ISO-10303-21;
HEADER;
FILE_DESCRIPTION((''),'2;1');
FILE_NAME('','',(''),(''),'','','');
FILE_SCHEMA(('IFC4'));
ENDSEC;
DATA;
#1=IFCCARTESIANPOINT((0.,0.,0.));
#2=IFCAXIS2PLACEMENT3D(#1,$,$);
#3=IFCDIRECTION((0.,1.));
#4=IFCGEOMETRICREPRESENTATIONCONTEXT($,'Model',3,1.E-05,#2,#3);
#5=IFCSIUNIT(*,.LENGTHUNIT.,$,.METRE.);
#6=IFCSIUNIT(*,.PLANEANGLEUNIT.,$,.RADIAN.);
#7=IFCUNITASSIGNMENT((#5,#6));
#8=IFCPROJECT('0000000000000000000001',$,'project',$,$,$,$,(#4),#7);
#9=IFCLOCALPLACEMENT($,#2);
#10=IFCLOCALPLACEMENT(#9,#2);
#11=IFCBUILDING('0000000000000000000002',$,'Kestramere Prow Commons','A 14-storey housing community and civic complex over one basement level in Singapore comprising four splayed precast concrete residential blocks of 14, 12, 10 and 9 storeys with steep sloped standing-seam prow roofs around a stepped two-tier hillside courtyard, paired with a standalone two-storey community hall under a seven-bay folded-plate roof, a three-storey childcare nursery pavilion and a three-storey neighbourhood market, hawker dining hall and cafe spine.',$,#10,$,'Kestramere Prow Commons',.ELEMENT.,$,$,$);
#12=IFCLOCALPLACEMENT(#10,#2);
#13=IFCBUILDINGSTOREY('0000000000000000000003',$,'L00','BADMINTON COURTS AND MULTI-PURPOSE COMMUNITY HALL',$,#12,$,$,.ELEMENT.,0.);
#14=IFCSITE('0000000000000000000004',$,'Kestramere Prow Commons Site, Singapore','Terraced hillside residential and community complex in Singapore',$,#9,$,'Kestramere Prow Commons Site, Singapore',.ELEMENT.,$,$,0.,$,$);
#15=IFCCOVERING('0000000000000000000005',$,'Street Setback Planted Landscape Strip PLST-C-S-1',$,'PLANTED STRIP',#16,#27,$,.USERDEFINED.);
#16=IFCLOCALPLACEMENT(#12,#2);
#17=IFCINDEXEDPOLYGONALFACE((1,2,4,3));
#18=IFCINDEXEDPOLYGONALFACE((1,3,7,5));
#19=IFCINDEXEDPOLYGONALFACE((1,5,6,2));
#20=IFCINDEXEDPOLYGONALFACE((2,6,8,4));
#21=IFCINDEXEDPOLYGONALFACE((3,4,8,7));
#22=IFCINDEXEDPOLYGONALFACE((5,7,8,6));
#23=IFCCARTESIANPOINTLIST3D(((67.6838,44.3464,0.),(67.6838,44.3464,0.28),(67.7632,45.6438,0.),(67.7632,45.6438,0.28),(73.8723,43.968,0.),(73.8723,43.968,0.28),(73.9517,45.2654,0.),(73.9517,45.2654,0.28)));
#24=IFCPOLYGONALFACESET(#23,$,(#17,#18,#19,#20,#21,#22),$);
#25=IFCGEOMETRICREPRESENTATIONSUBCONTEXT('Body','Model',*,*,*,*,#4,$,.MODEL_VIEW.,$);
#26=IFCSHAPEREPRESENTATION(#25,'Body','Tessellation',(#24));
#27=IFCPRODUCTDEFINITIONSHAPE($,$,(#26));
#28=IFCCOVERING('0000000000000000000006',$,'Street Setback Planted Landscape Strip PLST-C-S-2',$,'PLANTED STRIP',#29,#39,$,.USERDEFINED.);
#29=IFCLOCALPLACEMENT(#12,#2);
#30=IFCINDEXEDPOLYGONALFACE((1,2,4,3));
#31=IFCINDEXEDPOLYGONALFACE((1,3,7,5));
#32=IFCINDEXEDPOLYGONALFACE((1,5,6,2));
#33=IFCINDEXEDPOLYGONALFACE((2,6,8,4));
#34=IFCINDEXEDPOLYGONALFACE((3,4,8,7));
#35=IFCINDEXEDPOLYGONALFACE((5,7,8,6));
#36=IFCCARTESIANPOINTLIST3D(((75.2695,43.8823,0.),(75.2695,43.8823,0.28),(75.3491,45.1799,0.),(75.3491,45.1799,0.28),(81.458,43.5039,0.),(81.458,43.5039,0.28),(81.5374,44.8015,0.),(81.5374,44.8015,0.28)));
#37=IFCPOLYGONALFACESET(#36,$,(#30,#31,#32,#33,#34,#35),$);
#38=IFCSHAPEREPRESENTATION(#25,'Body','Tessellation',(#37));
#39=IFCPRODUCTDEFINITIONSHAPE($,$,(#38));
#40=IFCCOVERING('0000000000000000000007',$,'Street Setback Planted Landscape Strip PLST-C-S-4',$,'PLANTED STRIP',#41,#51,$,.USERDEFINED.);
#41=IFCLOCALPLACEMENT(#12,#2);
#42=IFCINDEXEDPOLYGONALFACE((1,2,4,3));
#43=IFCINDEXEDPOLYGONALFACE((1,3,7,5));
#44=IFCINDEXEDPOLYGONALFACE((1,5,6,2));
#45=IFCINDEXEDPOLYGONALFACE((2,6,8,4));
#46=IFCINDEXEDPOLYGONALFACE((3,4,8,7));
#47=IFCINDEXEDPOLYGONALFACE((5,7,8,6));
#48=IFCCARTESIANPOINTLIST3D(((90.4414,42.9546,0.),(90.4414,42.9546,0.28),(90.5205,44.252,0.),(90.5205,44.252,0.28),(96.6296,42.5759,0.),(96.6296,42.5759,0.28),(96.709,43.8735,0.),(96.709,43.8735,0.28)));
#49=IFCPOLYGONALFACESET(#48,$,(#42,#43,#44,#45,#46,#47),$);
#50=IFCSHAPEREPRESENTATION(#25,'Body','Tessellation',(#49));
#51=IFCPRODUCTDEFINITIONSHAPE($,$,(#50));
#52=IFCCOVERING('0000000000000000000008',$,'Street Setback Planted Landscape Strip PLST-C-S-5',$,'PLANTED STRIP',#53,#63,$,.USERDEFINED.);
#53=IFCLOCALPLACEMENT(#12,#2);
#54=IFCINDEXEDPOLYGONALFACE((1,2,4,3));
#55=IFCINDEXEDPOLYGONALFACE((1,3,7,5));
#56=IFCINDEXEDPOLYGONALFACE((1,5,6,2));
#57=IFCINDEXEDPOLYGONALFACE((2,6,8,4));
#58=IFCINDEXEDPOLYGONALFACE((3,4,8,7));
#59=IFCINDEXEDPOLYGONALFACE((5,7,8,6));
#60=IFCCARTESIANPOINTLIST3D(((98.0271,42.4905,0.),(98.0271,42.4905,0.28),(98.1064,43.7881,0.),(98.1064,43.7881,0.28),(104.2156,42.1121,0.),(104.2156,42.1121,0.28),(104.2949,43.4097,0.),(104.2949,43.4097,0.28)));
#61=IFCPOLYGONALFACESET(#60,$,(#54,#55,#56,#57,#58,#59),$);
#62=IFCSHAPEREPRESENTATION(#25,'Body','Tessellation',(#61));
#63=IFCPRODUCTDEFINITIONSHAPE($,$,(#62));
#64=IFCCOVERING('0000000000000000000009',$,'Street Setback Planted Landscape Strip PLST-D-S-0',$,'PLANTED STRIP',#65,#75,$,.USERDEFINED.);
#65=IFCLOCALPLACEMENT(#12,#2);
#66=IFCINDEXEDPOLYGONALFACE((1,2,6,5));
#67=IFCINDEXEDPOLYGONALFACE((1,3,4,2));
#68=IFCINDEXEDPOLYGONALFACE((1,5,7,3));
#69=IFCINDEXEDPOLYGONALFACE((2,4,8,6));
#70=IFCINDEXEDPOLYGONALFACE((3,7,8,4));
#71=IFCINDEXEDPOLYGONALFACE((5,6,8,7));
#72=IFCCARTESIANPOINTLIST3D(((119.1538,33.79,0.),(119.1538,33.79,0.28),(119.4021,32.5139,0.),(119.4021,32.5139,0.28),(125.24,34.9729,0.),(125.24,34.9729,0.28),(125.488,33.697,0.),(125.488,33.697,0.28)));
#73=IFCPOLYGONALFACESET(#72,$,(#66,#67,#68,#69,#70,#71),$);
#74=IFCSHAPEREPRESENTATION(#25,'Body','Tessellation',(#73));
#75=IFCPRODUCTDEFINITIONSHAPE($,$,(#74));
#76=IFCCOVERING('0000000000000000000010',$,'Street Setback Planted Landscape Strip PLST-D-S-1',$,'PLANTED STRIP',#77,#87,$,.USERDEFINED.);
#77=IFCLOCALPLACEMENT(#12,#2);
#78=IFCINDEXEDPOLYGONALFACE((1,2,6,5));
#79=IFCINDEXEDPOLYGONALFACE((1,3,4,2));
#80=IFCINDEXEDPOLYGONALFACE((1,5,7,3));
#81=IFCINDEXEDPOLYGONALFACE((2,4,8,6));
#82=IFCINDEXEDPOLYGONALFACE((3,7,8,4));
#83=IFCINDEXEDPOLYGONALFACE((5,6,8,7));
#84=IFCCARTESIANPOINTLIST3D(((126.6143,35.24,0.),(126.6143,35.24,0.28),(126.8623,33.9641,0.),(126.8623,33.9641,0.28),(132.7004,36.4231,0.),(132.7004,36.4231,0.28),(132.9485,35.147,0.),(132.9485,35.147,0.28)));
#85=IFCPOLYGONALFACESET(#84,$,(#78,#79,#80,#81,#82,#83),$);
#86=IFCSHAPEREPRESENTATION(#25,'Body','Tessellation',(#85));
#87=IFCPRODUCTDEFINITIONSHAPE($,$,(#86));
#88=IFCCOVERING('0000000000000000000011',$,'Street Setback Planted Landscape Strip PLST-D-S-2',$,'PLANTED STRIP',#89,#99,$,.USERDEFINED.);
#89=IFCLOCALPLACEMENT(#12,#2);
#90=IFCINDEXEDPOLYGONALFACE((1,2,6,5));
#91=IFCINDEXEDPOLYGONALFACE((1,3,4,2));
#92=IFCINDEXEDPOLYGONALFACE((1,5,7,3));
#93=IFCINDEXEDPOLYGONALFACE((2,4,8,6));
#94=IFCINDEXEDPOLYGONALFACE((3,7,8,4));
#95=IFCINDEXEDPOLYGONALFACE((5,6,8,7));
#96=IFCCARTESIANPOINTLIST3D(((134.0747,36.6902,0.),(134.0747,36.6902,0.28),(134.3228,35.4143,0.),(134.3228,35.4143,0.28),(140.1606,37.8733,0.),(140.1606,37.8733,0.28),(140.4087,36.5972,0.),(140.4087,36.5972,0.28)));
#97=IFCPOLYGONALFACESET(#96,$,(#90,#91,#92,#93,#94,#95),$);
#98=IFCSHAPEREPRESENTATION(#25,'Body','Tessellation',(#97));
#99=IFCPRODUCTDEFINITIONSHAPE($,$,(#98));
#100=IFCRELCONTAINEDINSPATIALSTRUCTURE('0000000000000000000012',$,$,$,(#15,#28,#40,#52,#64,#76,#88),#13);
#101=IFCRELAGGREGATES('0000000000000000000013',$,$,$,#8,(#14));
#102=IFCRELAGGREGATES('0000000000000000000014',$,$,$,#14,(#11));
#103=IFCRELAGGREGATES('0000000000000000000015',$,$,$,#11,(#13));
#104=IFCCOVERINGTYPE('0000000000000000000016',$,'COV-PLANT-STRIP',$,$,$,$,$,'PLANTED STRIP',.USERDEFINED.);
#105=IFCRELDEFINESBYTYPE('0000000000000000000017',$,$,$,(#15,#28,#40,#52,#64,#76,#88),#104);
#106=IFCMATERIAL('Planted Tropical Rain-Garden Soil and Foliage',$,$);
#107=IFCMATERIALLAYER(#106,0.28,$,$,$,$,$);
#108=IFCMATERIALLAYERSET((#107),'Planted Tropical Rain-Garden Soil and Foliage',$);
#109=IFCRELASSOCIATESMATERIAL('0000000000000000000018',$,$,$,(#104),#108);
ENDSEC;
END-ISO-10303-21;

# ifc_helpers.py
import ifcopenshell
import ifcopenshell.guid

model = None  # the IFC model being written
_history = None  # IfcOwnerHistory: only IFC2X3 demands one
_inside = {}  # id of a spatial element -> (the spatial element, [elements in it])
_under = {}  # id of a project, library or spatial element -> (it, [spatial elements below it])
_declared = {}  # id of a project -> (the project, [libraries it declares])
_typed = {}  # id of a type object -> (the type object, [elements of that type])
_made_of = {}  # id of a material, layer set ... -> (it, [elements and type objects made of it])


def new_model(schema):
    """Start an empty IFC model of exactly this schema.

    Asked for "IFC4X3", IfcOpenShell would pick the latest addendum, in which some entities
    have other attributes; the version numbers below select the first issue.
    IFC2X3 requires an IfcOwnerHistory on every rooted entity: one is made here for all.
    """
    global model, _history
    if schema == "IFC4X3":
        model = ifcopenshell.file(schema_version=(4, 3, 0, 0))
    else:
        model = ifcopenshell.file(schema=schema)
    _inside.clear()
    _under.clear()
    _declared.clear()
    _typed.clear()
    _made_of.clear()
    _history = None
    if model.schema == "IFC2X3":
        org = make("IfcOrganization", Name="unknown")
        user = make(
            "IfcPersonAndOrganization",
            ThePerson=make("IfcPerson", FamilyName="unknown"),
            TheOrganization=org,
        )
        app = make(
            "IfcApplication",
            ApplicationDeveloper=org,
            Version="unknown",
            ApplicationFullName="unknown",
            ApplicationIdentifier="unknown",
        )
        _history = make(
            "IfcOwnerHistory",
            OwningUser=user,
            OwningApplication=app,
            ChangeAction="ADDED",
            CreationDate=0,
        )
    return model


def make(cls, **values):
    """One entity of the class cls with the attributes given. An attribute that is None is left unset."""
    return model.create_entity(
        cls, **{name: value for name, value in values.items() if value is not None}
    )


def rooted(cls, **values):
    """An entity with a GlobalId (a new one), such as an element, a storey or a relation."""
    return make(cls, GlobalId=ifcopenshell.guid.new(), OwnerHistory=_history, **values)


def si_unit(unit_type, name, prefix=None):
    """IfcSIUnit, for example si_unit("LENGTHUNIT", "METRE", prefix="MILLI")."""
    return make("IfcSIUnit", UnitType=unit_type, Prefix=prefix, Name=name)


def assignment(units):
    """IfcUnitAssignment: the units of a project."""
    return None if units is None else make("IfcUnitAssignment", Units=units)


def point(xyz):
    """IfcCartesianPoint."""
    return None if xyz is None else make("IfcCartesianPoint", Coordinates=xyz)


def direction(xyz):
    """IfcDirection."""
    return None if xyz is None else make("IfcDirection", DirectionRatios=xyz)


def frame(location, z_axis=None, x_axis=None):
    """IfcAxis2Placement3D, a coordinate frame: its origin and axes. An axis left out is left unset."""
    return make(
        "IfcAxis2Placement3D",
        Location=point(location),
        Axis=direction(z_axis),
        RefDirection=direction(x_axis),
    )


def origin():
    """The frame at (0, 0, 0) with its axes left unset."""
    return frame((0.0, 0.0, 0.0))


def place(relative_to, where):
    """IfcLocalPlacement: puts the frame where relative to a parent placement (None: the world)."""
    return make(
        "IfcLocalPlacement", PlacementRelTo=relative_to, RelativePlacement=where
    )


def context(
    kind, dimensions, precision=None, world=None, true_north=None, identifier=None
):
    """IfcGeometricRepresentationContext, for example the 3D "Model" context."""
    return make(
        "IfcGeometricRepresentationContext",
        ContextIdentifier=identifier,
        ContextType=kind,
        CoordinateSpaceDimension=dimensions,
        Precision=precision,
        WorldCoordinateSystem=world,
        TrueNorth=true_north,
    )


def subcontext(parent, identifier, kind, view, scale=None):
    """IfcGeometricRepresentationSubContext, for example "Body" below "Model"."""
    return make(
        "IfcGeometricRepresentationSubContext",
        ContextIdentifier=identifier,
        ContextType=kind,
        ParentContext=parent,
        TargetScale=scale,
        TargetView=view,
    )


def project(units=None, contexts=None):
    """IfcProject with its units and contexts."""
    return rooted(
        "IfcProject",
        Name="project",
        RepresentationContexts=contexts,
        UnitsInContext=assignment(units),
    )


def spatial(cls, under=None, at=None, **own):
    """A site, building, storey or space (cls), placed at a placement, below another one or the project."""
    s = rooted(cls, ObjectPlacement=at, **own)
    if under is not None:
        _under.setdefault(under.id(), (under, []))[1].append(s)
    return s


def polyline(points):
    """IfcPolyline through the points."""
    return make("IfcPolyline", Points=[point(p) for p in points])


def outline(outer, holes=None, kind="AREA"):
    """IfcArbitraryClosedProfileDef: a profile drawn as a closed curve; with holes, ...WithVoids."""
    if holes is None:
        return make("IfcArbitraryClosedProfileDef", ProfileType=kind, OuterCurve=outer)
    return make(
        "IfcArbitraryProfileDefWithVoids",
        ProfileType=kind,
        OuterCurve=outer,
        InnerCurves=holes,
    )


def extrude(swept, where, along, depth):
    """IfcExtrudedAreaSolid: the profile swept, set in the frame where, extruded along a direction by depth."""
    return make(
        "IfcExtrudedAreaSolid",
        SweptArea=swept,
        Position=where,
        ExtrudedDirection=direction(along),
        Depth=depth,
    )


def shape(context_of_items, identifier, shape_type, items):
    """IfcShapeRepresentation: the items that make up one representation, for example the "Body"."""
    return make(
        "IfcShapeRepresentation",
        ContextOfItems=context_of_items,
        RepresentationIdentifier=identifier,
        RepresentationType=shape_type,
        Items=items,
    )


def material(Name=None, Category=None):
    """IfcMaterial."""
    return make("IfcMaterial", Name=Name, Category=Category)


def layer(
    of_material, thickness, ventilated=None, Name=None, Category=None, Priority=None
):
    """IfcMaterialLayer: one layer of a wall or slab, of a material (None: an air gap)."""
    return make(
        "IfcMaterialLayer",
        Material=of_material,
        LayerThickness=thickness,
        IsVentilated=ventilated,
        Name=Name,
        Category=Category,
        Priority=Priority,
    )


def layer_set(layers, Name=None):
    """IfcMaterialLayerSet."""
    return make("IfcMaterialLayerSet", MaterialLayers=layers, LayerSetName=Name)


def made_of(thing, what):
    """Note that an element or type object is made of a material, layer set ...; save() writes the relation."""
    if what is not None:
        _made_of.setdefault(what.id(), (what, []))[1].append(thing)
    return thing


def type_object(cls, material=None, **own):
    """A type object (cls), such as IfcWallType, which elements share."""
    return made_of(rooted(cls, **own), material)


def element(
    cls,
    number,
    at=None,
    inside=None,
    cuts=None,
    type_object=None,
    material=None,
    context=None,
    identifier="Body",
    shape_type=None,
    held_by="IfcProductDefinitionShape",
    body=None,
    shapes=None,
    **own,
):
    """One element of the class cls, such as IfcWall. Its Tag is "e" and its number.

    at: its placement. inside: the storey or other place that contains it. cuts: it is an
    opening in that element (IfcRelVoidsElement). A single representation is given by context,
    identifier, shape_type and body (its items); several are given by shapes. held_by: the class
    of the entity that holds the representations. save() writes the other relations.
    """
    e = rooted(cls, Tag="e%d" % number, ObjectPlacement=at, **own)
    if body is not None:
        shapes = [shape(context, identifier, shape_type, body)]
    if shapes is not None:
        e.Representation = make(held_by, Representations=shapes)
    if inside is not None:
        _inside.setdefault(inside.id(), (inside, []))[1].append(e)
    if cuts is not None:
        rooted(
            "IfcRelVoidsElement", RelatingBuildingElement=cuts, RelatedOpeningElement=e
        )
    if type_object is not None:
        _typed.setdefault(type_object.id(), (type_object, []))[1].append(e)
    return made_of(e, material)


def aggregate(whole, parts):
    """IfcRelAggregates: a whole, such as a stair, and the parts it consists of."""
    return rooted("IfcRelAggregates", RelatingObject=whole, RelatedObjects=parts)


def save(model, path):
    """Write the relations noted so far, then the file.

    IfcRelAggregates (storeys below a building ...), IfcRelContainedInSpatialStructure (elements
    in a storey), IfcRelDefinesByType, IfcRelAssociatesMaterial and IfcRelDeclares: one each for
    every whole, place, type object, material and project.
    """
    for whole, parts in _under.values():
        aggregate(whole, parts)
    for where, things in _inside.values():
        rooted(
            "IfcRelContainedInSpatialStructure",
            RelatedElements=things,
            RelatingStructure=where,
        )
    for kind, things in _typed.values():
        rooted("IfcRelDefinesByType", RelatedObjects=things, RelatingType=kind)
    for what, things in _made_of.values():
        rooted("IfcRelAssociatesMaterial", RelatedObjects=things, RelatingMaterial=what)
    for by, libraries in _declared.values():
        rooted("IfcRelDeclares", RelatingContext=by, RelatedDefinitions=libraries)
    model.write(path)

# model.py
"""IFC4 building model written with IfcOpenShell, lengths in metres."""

from ifc_helpers import new_model, si_unit, direction, origin, place, context, subcontext, project, spatial, polyline, outline, extrude, material, layer, layer_set, type_object, element, save


model = new_model("IFC4")

# Units and contexts
model_context = context("Model", 3, precision=1e-05, world=origin(), true_north=direction((0.0, 1.0)))
body_context = subcontext(model_context, "Body", "Model", "MODEL_VIEW")
ifc_project = project(units=[si_unit("LENGTHUNIT", "METRE"), si_unit("PLANEANGLEUNIT", "RADIAN")], contexts=[model_context])

# Site, building, storey
site_placement = place(None, origin())
site = spatial("IfcSite", under=ifc_project, at=site_placement, Name="Kestramere Prow Commons Site, Singapore", Description="Terraced hillside residential and community complex in Singapore", LongName="Kestramere Prow Commons Site, Singapore", CompositionType="ELEMENT", RefElevation=0.0)
building_placement = place(site_placement, origin())
building = spatial("IfcBuilding", under=site, at=building_placement, Name="Kestramere Prow Commons", Description="A 14-storey housing community and civic complex over one basement level in Singapore comprising four splayed precast concrete residential blocks of 14, 12, 10 and 9 storeys with steep sloped standing-seam prow roofs around a stepped two-tier hillside courtyard, paired with a standalone two-storey community hall under a seven-bay folded-plate roof, a three-storey childcare nursery pavilion and a three-storey neighbourhood market, hawker dining hall and cafe spine.", LongName="Kestramere Prow Commons", CompositionType="ELEMENT")
storey_placement = place(building_placement, origin())
storey = spatial("IfcBuildingStorey", under=building, at=storey_placement, Name="L00", Description="BADMINTON COURTS AND MULTI-PURPOSE COMMUNITY HALL", CompositionType="ELEMENT", Elevation=0.0)

# Coverings
ifc_material_1 = material(Name="Planted Tropical Rain-Garden Soil and Foliage")
ifc_layer_1 = layer(ifc_material_1, 0.28)
ifc_layer_set_1 = layer_set([ifc_layer_1], Name="Planted Tropical Rain-Garden Soil and Foliage")
covering_type = type_object("IfcCoveringType", Name="COV-PLANT-STRIP", ElementType="PLANTED STRIP", PredefinedType="USERDEFINED", material=ifc_layer_set_1)
covering_1_placement = place(storey_placement, origin())
element("IfcCovering", 1, at=covering_1_placement, inside=storey, type_object=covering_type, Name="Street Setback Planted Landscape Strip PLST-C-S-1", ObjectType="PLANTED STRIP", PredefinedType="USERDEFINED", context=body_context, shape_type="SweptSolid", body=[
    extrude(outline(polyline([(67.7632, 45.6438), (73.9517, 45.2654), (73.8723, 43.968), (67.6838, 44.3464), (67.7632, 45.6438)])), origin(), (0.0, 0.0, 1.0), 0.28),
])
covering_2_placement = place(storey_placement, origin())
element("IfcCovering", 2, at=covering_2_placement, inside=storey, type_object=covering_type, Name="Street Setback Planted Landscape Strip PLST-C-S-2", ObjectType="PLANTED STRIP", PredefinedType="USERDEFINED", context=body_context, shape_type="SweptSolid", body=[
    extrude(outline(polyline([(75.3491, 45.1799), (81.5374, 44.8015), (81.458, 43.5039), (75.2695, 43.8823), (75.3491, 45.1799)])), origin(), (0.0, 0.0, 1.0), 0.28),
])
covering_3_placement = place(storey_placement, origin())
element("IfcCovering", 3, at=covering_3_placement, inside=storey, type_object=covering_type, Name="Street Setback Planted Landscape Strip PLST-C-S-4", ObjectType="PLANTED STRIP", PredefinedType="USERDEFINED", context=body_context, shape_type="SweptSolid", body=[
    extrude(outline(polyline([(90.5205, 44.252), (96.709, 43.8735), (96.6296, 42.5759), (90.4414, 42.9546), (90.5205, 44.252)])), origin(), (0.0, 0.0, 1.0), 0.28),
])
covering_4_placement = place(storey_placement, origin())
element("IfcCovering", 4, at=covering_4_placement, inside=storey, type_object=covering_type, Name="Street Setback Planted Landscape Strip PLST-C-S-5", ObjectType="PLANTED STRIP", PredefinedType="USERDEFINED", context=body_context, shape_type="SweptSolid", body=[
    extrude(outline(polyline([(98.1064, 43.7881), (104.2949, 43.4097), (104.2156, 42.1121), (98.0271, 42.4905), (98.1064, 43.7881)])), origin(), (0.0, 0.0, 1.0), 0.28),
])
covering_5_placement = place(storey_placement, origin())
element("IfcCovering", 5, at=covering_5_placement, inside=storey, type_object=covering_type, Name="Street Setback Planted Landscape Strip PLST-D-S-0", ObjectType="PLANTED STRIP", PredefinedType="USERDEFINED", context=body_context, shape_type="SweptSolid", body=[
    extrude(outline(polyline([(119.1538, 33.79), (125.24, 34.9729), (125.488, 33.697), (119.4021, 32.5139), (119.1538, 33.79)])), origin(), (0.0, 0.0, 1.0), 0.28),
])
covering_6_placement = place(storey_placement, origin())
element("IfcCovering", 6, at=covering_6_placement, inside=storey, type_object=covering_type, Name="Street Setback Planted Landscape Strip PLST-D-S-1", ObjectType="PLANTED STRIP", PredefinedType="USERDEFINED", context=body_context, shape_type="SweptSolid", body=[
    extrude(outline(polyline([(126.6143, 35.24), (132.7004, 36.4231), (132.9485, 35.147), (126.8623, 33.9641), (126.6143, 35.24)])), origin(), (0.0, 0.0, 1.0), 0.28),
])
covering_7_placement = place(storey_placement, origin())
element("IfcCovering", 7, at=covering_7_placement, inside=storey, type_object=covering_type, Name="Street Setback Planted Landscape Strip PLST-D-S-2", ObjectType="PLANTED STRIP", PredefinedType="USERDEFINED", context=body_context, shape_type="SweptSolid", body=[
    extrude(outline(polyline([(134.0747, 36.6902), (140.1606, 37.8733), (140.4087, 36.5972), (134.3228, 35.4143), (134.0747, 36.6902)])), origin(), (0.0, 0.0, 1.0), 0.28),
])

save(model, "model.ifc")
